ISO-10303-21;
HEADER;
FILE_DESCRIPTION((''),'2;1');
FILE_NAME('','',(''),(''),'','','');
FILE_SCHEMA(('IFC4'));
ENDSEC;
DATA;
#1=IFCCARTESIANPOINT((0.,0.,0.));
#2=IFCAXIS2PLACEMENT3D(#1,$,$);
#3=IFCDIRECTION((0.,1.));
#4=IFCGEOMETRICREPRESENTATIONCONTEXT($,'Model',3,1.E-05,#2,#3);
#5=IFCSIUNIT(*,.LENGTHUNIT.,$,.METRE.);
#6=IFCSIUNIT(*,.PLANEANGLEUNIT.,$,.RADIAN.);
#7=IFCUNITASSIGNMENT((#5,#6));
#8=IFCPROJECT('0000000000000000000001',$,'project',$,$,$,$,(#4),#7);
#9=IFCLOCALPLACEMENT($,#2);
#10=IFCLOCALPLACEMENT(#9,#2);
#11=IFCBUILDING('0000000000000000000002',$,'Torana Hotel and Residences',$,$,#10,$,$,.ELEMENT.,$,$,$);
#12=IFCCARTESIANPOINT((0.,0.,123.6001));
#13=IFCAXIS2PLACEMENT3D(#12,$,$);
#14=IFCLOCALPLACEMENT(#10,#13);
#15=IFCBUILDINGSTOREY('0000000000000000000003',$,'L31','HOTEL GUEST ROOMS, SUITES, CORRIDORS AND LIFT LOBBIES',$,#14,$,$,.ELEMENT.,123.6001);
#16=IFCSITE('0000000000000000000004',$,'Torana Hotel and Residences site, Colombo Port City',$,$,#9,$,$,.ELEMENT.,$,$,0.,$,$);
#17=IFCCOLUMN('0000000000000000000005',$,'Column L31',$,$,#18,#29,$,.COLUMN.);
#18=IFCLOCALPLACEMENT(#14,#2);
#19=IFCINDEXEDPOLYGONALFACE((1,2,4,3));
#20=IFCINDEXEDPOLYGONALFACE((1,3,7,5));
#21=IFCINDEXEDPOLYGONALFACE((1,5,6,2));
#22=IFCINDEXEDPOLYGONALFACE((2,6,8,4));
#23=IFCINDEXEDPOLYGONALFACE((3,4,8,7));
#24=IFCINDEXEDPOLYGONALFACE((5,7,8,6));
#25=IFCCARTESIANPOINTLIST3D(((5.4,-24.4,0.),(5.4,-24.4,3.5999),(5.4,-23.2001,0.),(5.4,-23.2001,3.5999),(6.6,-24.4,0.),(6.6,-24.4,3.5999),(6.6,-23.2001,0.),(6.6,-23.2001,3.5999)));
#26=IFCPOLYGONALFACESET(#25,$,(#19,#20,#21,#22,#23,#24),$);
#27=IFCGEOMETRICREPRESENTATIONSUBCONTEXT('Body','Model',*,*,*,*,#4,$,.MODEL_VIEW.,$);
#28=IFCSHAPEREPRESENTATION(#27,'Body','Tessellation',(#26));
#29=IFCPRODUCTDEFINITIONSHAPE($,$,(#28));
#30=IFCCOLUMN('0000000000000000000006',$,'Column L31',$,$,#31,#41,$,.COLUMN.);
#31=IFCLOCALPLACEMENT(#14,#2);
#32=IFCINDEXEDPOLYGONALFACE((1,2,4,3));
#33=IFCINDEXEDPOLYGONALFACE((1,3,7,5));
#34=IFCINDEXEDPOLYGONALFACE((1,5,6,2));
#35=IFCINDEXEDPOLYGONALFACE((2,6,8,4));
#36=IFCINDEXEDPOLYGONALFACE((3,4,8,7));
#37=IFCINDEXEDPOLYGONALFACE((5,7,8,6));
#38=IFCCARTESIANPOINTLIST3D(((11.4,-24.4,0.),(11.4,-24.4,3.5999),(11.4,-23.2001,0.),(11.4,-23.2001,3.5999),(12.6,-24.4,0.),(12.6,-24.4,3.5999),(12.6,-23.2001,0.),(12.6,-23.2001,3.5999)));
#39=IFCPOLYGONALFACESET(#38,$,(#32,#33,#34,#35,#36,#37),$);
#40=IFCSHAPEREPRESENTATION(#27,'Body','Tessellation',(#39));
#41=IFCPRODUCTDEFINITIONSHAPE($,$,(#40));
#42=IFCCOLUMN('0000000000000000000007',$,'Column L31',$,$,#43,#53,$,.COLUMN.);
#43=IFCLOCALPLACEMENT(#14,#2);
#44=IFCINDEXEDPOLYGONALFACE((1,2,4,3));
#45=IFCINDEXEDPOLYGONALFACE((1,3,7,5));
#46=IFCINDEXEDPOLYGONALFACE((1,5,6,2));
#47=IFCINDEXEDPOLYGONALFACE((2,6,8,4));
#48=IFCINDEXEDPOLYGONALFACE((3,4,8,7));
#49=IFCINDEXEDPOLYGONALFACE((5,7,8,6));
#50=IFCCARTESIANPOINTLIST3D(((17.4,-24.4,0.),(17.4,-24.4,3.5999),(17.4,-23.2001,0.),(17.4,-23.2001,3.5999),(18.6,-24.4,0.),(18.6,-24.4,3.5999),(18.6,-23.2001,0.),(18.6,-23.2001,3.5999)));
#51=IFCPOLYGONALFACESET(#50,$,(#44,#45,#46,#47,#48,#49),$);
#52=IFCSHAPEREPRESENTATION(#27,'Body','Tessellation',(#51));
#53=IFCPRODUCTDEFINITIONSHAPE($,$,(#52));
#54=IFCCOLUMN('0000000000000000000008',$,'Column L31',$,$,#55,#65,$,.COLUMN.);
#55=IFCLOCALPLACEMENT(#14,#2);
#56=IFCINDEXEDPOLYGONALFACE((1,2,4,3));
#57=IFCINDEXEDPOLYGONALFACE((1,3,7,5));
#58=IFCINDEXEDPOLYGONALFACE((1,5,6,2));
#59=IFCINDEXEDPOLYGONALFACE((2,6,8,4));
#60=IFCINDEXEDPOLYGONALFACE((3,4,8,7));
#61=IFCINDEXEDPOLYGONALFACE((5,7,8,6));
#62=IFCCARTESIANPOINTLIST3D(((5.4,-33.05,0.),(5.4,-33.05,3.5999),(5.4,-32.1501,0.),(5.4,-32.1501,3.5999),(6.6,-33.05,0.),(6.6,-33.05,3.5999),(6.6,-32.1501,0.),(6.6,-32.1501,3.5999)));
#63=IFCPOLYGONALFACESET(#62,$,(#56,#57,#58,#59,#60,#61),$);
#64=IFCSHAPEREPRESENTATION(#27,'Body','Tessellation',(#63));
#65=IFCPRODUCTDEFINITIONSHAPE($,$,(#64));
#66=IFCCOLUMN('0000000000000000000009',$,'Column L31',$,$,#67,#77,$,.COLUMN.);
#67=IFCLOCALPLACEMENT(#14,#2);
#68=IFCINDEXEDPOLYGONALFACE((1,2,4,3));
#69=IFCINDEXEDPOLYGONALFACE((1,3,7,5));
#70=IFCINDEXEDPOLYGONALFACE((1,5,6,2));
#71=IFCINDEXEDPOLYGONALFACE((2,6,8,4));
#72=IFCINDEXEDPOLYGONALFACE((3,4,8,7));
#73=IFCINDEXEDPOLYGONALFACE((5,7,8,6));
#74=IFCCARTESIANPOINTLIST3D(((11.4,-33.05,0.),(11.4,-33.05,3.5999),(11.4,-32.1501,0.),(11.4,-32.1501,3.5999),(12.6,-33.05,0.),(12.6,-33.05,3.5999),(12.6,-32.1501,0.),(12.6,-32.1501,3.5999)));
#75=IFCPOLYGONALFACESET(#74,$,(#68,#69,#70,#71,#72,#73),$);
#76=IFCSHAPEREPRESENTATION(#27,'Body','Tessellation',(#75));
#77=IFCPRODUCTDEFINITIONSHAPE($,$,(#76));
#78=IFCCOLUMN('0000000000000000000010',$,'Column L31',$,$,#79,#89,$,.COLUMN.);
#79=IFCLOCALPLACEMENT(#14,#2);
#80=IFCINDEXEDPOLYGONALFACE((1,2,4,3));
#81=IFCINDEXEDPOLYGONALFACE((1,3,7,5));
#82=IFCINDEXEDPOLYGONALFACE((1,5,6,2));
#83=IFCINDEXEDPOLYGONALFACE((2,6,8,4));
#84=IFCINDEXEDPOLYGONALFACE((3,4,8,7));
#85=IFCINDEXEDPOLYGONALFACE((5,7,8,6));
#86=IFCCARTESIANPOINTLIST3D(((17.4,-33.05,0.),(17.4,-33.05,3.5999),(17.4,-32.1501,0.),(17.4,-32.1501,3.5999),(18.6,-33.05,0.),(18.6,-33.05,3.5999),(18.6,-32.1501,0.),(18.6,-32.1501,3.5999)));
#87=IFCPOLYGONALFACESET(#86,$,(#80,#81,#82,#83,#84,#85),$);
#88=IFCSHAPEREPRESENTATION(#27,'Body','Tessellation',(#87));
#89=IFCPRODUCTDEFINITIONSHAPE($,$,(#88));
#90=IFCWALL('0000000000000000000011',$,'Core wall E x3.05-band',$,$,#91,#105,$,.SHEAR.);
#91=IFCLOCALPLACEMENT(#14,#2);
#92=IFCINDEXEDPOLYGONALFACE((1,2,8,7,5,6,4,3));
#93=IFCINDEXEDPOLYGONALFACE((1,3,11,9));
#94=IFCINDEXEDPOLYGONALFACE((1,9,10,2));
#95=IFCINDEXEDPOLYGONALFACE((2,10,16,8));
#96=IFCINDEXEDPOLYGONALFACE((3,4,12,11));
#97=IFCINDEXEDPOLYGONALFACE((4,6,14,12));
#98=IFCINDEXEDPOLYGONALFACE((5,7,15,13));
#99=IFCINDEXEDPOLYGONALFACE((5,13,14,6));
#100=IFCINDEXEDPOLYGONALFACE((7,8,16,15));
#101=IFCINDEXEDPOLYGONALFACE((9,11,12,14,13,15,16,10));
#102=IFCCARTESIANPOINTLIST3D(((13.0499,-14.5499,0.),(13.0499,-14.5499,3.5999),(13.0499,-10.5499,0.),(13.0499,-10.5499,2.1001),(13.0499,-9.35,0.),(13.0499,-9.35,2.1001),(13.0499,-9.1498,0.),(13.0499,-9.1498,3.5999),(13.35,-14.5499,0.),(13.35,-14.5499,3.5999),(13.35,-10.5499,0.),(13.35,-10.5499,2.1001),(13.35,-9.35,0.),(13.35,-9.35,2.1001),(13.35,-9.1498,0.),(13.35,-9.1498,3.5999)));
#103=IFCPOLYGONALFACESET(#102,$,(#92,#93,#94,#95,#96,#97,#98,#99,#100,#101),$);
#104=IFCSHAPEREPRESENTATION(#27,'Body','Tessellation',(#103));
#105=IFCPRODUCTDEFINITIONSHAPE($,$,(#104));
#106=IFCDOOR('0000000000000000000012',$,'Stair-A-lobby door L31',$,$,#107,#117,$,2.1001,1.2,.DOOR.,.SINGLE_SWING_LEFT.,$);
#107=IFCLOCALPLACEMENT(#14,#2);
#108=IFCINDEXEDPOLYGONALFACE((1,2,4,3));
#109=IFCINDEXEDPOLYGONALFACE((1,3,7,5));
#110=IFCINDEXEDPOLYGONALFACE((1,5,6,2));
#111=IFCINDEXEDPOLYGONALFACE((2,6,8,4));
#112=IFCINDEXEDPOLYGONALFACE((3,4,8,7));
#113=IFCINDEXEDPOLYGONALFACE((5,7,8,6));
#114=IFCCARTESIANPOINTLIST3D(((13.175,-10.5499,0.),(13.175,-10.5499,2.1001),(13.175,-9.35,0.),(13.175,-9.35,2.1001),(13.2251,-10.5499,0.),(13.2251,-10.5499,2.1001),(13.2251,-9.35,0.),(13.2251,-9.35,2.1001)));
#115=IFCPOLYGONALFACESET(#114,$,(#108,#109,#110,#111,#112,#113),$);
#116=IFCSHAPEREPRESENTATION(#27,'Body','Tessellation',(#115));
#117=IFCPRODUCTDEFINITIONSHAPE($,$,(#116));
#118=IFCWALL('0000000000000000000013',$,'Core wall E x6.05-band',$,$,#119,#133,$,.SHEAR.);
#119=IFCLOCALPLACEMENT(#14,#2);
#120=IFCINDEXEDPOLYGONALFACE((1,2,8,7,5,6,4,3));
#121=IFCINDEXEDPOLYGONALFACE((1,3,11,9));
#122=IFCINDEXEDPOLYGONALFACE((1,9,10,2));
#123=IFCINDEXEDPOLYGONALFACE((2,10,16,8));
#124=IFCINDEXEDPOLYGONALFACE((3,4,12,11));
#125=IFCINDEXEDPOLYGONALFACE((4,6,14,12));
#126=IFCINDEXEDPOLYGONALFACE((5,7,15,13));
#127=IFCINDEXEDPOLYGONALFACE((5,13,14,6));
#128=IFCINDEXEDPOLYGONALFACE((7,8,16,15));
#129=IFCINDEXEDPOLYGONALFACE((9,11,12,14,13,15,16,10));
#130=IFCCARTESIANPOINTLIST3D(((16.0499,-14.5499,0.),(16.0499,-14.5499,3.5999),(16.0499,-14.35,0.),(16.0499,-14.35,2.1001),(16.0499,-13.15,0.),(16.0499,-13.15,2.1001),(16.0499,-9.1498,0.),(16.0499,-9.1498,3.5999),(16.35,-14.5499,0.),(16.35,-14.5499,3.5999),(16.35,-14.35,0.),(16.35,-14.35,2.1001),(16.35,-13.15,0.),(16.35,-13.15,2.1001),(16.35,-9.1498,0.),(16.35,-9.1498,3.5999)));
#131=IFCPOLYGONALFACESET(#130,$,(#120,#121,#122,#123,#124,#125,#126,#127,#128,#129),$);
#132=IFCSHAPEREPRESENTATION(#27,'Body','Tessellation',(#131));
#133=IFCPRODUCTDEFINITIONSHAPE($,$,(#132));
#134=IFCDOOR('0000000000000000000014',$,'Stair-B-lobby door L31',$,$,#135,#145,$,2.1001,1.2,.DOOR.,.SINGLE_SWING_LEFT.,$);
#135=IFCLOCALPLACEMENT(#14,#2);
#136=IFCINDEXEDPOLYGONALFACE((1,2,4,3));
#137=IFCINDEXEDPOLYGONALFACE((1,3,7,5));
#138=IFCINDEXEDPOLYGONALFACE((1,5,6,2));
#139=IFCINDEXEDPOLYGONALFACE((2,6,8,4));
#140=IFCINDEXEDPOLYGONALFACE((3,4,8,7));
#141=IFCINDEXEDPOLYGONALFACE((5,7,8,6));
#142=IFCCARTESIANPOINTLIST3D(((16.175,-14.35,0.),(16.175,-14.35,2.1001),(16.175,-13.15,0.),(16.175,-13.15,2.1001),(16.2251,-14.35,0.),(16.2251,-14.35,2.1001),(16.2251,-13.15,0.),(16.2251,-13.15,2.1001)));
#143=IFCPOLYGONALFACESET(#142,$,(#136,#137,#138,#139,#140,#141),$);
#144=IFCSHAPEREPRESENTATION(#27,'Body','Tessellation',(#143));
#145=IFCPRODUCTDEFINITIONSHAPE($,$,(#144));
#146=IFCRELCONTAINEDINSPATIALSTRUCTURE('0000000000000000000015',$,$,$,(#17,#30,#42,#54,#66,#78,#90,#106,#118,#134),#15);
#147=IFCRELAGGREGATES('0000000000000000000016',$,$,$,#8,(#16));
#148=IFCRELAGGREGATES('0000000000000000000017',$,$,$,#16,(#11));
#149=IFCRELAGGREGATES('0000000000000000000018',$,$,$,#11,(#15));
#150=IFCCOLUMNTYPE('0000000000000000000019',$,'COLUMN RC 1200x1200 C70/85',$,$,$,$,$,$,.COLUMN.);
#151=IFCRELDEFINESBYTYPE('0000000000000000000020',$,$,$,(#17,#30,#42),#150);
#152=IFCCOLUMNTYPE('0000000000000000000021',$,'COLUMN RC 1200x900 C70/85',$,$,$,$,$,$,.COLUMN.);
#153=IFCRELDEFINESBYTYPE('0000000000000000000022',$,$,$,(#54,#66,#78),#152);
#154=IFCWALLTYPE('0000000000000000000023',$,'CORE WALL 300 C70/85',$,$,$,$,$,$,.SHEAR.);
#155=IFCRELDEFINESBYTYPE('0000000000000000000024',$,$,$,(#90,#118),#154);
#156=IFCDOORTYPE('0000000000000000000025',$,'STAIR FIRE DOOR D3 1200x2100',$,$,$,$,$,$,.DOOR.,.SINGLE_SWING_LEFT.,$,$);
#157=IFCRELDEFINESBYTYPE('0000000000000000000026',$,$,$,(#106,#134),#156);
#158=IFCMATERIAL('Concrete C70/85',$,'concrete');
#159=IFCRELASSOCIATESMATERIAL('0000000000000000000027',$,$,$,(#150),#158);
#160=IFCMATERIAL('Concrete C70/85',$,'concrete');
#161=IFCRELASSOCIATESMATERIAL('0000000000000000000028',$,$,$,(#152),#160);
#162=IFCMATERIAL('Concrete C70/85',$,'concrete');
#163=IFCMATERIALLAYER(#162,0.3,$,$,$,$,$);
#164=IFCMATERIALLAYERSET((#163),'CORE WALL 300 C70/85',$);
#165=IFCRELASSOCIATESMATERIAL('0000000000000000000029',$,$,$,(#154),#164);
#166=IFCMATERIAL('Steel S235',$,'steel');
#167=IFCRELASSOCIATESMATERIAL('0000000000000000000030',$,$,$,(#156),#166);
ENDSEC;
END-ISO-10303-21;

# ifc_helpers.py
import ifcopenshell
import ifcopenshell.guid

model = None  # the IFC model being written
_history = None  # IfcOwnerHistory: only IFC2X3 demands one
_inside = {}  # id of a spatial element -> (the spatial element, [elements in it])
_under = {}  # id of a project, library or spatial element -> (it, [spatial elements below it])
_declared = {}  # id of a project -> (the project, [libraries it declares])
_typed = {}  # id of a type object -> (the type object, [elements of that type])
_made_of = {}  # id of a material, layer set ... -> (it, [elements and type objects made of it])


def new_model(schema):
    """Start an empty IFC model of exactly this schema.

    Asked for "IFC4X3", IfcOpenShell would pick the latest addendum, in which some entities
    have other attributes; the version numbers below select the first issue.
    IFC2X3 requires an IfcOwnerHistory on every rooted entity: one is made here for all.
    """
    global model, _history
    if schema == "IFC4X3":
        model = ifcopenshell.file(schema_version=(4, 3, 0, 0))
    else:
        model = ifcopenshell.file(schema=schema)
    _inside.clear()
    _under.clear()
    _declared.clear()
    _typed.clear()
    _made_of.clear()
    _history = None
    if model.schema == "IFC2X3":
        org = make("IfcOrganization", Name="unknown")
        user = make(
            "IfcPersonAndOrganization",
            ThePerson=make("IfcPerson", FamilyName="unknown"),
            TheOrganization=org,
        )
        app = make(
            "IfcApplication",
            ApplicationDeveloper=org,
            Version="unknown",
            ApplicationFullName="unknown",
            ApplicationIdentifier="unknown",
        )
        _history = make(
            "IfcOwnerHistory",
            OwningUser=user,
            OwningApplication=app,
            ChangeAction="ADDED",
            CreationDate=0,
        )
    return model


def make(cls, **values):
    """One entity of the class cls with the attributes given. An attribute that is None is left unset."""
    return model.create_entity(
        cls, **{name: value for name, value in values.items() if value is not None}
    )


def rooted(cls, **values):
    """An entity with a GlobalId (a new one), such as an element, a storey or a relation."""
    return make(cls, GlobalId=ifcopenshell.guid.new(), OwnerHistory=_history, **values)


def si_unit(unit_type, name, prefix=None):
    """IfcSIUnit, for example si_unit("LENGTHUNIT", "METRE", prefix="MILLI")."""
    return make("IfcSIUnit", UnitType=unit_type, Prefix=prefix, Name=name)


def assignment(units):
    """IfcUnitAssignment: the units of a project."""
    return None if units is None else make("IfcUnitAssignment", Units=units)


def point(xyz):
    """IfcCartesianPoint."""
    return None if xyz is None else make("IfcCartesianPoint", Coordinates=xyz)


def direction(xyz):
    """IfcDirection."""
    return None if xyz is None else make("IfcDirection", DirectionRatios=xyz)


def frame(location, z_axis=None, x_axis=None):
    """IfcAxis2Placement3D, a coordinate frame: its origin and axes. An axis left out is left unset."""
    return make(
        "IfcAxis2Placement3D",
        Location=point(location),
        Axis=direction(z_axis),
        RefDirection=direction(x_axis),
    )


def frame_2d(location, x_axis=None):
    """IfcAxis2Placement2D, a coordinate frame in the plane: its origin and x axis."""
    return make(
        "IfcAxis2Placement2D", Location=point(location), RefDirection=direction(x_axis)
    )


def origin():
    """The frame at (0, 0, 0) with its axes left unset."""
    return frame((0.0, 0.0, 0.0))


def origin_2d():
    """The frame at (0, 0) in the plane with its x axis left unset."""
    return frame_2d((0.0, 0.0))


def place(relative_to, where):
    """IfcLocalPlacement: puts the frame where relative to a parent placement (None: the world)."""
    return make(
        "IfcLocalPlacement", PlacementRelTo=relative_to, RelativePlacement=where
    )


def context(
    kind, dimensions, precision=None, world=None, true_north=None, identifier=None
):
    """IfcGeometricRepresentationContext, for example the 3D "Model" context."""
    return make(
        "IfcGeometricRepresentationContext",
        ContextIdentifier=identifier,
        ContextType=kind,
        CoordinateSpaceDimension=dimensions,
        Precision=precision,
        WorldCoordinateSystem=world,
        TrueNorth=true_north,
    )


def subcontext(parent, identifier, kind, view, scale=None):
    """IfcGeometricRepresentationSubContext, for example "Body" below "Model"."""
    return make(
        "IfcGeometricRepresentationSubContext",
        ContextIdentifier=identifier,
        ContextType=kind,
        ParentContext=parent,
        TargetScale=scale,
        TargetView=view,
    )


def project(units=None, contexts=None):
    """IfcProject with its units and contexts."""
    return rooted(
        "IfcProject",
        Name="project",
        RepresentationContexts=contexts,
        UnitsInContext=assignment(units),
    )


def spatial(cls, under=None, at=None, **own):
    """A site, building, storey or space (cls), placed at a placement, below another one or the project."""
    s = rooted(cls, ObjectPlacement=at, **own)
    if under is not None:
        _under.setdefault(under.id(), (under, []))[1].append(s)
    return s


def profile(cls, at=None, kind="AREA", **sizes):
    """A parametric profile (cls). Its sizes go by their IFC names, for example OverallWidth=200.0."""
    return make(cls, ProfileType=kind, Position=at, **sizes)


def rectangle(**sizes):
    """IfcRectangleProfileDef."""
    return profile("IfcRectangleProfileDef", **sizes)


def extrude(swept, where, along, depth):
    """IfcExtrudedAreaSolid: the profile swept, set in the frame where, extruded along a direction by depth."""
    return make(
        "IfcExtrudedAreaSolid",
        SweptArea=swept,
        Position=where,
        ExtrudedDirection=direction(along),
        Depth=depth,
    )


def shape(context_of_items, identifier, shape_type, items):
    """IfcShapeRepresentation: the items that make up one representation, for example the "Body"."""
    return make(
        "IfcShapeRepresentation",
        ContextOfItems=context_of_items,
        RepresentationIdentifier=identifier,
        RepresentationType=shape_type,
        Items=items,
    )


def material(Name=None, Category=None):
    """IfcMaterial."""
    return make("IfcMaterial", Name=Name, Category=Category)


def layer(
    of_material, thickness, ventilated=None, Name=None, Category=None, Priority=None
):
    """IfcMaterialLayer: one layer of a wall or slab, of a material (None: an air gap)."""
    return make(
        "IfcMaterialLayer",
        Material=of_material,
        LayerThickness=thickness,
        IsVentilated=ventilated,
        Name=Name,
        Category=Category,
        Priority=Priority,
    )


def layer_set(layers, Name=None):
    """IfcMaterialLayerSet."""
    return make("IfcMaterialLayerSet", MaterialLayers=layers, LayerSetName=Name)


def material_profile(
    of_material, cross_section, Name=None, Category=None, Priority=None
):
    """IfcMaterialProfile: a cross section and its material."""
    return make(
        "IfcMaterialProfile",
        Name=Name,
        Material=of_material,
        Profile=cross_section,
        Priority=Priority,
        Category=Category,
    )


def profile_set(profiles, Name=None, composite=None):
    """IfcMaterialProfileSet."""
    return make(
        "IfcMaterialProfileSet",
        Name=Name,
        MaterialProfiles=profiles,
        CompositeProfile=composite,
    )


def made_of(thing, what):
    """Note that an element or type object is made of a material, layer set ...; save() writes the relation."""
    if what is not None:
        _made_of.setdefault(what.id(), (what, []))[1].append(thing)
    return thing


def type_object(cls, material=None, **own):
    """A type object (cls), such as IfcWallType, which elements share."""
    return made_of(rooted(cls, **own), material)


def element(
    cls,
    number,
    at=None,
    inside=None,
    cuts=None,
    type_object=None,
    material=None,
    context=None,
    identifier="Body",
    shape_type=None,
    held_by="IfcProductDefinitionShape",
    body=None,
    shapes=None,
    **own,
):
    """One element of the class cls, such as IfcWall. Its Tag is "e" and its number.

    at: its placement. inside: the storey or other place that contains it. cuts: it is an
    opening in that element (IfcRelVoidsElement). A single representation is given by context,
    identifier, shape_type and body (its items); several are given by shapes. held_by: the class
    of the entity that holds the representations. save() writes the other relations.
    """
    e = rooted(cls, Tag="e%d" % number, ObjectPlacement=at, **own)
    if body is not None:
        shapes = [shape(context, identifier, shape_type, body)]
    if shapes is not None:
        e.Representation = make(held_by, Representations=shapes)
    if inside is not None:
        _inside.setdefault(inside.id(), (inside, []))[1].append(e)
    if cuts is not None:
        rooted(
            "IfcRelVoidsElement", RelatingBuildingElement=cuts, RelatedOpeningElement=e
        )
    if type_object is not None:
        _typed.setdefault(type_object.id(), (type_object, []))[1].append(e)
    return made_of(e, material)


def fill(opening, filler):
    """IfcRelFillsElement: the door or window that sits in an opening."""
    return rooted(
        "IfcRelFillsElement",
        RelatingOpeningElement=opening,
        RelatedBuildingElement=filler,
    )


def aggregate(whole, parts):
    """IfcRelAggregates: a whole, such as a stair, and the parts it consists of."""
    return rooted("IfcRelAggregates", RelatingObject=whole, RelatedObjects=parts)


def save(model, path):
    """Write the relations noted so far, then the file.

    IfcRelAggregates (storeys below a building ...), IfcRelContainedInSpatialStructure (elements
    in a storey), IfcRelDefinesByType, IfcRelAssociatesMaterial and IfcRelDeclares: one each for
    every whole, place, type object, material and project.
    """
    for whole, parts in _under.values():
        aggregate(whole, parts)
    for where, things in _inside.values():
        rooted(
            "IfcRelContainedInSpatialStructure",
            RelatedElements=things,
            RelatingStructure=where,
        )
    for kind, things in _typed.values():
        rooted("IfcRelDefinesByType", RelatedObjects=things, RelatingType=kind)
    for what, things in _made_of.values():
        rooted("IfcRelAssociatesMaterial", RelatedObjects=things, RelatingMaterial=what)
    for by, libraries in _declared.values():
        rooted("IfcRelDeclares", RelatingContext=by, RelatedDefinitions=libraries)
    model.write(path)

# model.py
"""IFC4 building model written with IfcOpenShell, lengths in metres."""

from ifc_helpers import new_model, si_unit, direction, frame, frame_2d, origin, origin_2d, place, context, subcontext, project, spatial, rectangle, extrude, material, layer, layer_set, material_profile, profile_set, type_object, element, fill, save


model = new_model("IFC4")

# Units and contexts
model_context = context("Model", 3, precision=1e-05, world=origin(), true_north=direction((0.0, 1.0)))
body_context = subcontext(model_context, "Body", "Model", "MODEL_VIEW")
ifc_project = project(units=[si_unit("LENGTHUNIT", "METRE"), si_unit("PLANEANGLEUNIT", "RADIAN")], contexts=[model_context])

# Site, building, storey
site_placement = place(None, origin())
site = spatial("IfcSite", under=ifc_project, at=site_placement, Name="Torana Hotel and Residences site, Colombo Port City", CompositionType="ELEMENT", RefElevation=0.0)
building_placement = place(site_placement, origin())
building = spatial("IfcBuilding", under=site, at=building_placement, Name="Torana Hotel and Residences", CompositionType="ELEMENT")
storey_placement = place(building_placement, frame((0.0, 0.0, 123.6001)))
storey = spatial("IfcBuildingStorey", under=building, at=storey_placement, Name="L31", Description="HOTEL GUEST ROOMS, SUITES, CORRIDORS AND LIFT LOBBIES", CompositionType="ELEMENT", Elevation=123.6001)

# Columns
ifc_material_1 = material(Name="Concrete C70/85", Category="concrete")
ifc_material_profile_1 = material_profile(ifc_material_1, rectangle(XDim=1.2, YDim=1.2, at=origin_2d()), Name="RC 1200x1200")
ifc_profile_set_1 = profile_set([ifc_material_profile_1], Name="Concrete C70/85")
column_type_1 = type_object("IfcColumnType", Name="COLUMN RC 1200x1200 C70/85", PredefinedType="COLUMN", material=ifc_profile_set_1)
for number, where, z_axis, x_axis, name in (
    (1, (6.0, -23.8, 0.0), (0.0, 0.0, 1.0), (1.0, 0.0, 0.0), "Column L31"),
    (2, (12.0, -23.8, 0.0), (0.0, 0.0, 1.0), (1.0, 0.0, 0.0), "Column L31"),
    (3, (18.0, -23.8, 0.0), (0.0, 0.0, 1.0), (1.0, 0.0, 0.0), "Column L31"),
):
    element("IfcColumn", number, at=place(storey_placement, frame(where, z_axis=z_axis, x_axis=x_axis)), inside=storey, type_object=column_type_1, Name=name, PredefinedType="COLUMN", context=body_context, shape_type="SweptSolid", body=[
        extrude(rectangle(XDim=1.2, YDim=1.2, at=origin_2d()), origin(), (0.0, 0.0, 1.0), 3.5999),
    ])
ifc_material_2 = material(Name="Concrete C70/85", Category="concrete")
ifc_material_profile_2 = material_profile(ifc_material_2, rectangle(XDim=1.2, YDim=0.8999, at=origin_2d()), Name="RC 1200x900")
ifc_profile_set_2 = profile_set([ifc_material_profile_2], Name="Concrete C70/85")
column_type_2 = type_object("IfcColumnType", Name="COLUMN RC 1200x900 C70/85", PredefinedType="COLUMN", material=ifc_profile_set_2)
for number, where, z_axis, x_axis, name in (
    (4, (6.0, -32.6001, 0.0), (0.0, 0.0, 1.0), (1.0, 0.0, 0.0), "Column L31"),
    (5, (12.0, -32.6001, 0.0), (0.0, 0.0, 1.0), (1.0, 0.0, 0.0), "Column L31"),
    (6, (18.0, -32.6001, 0.0), (0.0, 0.0, 1.0), (1.0, 0.0, 0.0), "Column L31"),
):
    element("IfcColumn", number, at=place(storey_placement, frame(where, z_axis=z_axis, x_axis=x_axis)), inside=storey, type_object=column_type_2, Name=name, PredefinedType="COLUMN", context=body_context, shape_type="SweptSolid", body=[
        extrude(rectangle(XDim=1.2, YDim=0.8999, at=origin_2d()), origin(), (0.0, 0.0, 1.0), 3.5999),
    ])

# Walls, openings, doors
ifc_material_3 = material(Name="Concrete C70/85", Category="concrete")
ifc_layer_1 = layer(ifc_material_3, 0.3)
ifc_layer_set_1 = layer_set([ifc_layer_1], Name="CORE WALL 300 C70/85")
wall_type_1 = type_object("IfcWallType", Name="CORE WALL 300 C70/85", PredefinedType="SHEAR", material=ifc_layer_set_1)
wall_1_placement = place(storey_placement, frame((13.2, -14.55, 0.0), z_axis=(0.0, 0.0, 1.0), x_axis=(0.0, 1.0, 0.0)))
wall_1 = element("IfcWall", 7, at=wall_1_placement, inside=storey, type_object=wall_type_1, Name="Core wall E x3.05-band", PredefinedType="SHEAR", context=body_context, shape_type="SweptSolid", body=[
    extrude(rectangle(XDim=5.4001, YDim=0.3, at=frame_2d((2.7002, 0.0))), origin(), (0.0, 0.0, 1.0), 3.5999),
])
opening_1_placement = place(wall_1_placement, frame((4.0, 0.0, 0.0)))
opening_1 = element("IfcOpeningElement", 8, at=opening_1_placement, cuts=wall_1, PredefinedType="OPENING", context=body_context, shape_type="SweptSolid", body=[
    extrude(rectangle(XDim=1.2, YDim=2.1001, at=frame_2d((0.6001, 1.05))), frame((0.0, 0.1599, 0.0), z_axis=(0.0, -1.0, 0.0), x_axis=(1.0, 0.0, 0.0)), (0.0, 0.0, 1.0), 0.3201),
])
ifc_material_4 = material(Name="Steel S235", Category="steel")
door_type_1 = type_object("IfcDoorType", Name="STAIR FIRE DOOR D3 1200x2100", OperationType="SINGLE_SWING_LEFT", PredefinedType="DOOR", material=ifc_material_4)
door_1_placement = place(opening_1_placement, origin())
door_1 = element("IfcDoor", 9, at=door_1_placement, inside=storey, type_object=door_type_1, Name="Stair-A-lobby door L31", OperationType="SINGLE_SWING_LEFT", OverallHeight=2.1001, OverallWidth=1.2, PredefinedType="DOOR", context=body_context, shape_type="SweptSolid", body=[
    extrude(rectangle(XDim=1.2, YDim=2.1001, at=frame_2d((0.6001, 1.05))), frame((0.0, 0.0249, 0.0), z_axis=(0.0, -1.0, 0.0), x_axis=(1.0, 0.0, 0.0)), (0.0, 0.0, 1.0), 0.05),
])
fill(opening_1, door_1)
wall_2_placement = place(storey_placement, frame((16.2, -14.55, 0.0), z_axis=(0.0, 0.0, 1.0), x_axis=(0.0, 1.0, 0.0)))
wall_2 = element("IfcWall", 10, at=wall_2_placement, inside=storey, type_object=wall_type_1, Name="Core wall E x6.05-band", PredefinedType="SHEAR", context=body_context, shape_type="SweptSolid", body=[
    extrude(rectangle(XDim=5.4001, YDim=0.3, at=frame_2d((2.7002, 0.0))), origin(), (0.0, 0.0, 1.0), 3.5999),
])
opening_2_placement = place(wall_2_placement, frame((0.2, 0.0, 0.0)))
opening_2 = element("IfcOpeningElement", 11, at=opening_2_placement, cuts=wall_2, PredefinedType="OPENING", context=body_context, shape_type="SweptSolid", body=[
    extrude(rectangle(XDim=1.2, YDim=2.1001, at=frame_2d((0.6001, 1.05))), frame((0.0, 0.1599, 0.0), z_axis=(0.0, -1.0, 0.0), x_axis=(1.0, 0.0, 0.0)), (0.0, 0.0, 1.0), 0.3201),
])
door_2_placement = place(opening_2_placement, frame((0.6001, 0.0, 0.0), z_axis=(0.0, 0.0, 1.0), x_axis=(-1.0, 0.0, 0.0)))
door_2 = element("IfcDoor", 12, at=door_2_placement, inside=storey, type_object=door_type_1, Name="Stair-B-lobby door L31", OperationType="SINGLE_SWING_LEFT", OverallHeight=2.1001, OverallWidth=1.2, PredefinedType="DOOR", context=body_context, shape_type="SweptSolid", body=[
    extrude(rectangle(XDim=1.2, YDim=2.1001, at=frame_2d((0.0, 1.05))), frame((0.0, -0.0249, 0.0), z_axis=(0.0, 1.0, 0.0), x_axis=(-1.0, 0.0, 0.0)), (0.0, 0.0, 1.0), 0.05),
])
fill(opening_2, door_2)

save(model, "model.ifc")
